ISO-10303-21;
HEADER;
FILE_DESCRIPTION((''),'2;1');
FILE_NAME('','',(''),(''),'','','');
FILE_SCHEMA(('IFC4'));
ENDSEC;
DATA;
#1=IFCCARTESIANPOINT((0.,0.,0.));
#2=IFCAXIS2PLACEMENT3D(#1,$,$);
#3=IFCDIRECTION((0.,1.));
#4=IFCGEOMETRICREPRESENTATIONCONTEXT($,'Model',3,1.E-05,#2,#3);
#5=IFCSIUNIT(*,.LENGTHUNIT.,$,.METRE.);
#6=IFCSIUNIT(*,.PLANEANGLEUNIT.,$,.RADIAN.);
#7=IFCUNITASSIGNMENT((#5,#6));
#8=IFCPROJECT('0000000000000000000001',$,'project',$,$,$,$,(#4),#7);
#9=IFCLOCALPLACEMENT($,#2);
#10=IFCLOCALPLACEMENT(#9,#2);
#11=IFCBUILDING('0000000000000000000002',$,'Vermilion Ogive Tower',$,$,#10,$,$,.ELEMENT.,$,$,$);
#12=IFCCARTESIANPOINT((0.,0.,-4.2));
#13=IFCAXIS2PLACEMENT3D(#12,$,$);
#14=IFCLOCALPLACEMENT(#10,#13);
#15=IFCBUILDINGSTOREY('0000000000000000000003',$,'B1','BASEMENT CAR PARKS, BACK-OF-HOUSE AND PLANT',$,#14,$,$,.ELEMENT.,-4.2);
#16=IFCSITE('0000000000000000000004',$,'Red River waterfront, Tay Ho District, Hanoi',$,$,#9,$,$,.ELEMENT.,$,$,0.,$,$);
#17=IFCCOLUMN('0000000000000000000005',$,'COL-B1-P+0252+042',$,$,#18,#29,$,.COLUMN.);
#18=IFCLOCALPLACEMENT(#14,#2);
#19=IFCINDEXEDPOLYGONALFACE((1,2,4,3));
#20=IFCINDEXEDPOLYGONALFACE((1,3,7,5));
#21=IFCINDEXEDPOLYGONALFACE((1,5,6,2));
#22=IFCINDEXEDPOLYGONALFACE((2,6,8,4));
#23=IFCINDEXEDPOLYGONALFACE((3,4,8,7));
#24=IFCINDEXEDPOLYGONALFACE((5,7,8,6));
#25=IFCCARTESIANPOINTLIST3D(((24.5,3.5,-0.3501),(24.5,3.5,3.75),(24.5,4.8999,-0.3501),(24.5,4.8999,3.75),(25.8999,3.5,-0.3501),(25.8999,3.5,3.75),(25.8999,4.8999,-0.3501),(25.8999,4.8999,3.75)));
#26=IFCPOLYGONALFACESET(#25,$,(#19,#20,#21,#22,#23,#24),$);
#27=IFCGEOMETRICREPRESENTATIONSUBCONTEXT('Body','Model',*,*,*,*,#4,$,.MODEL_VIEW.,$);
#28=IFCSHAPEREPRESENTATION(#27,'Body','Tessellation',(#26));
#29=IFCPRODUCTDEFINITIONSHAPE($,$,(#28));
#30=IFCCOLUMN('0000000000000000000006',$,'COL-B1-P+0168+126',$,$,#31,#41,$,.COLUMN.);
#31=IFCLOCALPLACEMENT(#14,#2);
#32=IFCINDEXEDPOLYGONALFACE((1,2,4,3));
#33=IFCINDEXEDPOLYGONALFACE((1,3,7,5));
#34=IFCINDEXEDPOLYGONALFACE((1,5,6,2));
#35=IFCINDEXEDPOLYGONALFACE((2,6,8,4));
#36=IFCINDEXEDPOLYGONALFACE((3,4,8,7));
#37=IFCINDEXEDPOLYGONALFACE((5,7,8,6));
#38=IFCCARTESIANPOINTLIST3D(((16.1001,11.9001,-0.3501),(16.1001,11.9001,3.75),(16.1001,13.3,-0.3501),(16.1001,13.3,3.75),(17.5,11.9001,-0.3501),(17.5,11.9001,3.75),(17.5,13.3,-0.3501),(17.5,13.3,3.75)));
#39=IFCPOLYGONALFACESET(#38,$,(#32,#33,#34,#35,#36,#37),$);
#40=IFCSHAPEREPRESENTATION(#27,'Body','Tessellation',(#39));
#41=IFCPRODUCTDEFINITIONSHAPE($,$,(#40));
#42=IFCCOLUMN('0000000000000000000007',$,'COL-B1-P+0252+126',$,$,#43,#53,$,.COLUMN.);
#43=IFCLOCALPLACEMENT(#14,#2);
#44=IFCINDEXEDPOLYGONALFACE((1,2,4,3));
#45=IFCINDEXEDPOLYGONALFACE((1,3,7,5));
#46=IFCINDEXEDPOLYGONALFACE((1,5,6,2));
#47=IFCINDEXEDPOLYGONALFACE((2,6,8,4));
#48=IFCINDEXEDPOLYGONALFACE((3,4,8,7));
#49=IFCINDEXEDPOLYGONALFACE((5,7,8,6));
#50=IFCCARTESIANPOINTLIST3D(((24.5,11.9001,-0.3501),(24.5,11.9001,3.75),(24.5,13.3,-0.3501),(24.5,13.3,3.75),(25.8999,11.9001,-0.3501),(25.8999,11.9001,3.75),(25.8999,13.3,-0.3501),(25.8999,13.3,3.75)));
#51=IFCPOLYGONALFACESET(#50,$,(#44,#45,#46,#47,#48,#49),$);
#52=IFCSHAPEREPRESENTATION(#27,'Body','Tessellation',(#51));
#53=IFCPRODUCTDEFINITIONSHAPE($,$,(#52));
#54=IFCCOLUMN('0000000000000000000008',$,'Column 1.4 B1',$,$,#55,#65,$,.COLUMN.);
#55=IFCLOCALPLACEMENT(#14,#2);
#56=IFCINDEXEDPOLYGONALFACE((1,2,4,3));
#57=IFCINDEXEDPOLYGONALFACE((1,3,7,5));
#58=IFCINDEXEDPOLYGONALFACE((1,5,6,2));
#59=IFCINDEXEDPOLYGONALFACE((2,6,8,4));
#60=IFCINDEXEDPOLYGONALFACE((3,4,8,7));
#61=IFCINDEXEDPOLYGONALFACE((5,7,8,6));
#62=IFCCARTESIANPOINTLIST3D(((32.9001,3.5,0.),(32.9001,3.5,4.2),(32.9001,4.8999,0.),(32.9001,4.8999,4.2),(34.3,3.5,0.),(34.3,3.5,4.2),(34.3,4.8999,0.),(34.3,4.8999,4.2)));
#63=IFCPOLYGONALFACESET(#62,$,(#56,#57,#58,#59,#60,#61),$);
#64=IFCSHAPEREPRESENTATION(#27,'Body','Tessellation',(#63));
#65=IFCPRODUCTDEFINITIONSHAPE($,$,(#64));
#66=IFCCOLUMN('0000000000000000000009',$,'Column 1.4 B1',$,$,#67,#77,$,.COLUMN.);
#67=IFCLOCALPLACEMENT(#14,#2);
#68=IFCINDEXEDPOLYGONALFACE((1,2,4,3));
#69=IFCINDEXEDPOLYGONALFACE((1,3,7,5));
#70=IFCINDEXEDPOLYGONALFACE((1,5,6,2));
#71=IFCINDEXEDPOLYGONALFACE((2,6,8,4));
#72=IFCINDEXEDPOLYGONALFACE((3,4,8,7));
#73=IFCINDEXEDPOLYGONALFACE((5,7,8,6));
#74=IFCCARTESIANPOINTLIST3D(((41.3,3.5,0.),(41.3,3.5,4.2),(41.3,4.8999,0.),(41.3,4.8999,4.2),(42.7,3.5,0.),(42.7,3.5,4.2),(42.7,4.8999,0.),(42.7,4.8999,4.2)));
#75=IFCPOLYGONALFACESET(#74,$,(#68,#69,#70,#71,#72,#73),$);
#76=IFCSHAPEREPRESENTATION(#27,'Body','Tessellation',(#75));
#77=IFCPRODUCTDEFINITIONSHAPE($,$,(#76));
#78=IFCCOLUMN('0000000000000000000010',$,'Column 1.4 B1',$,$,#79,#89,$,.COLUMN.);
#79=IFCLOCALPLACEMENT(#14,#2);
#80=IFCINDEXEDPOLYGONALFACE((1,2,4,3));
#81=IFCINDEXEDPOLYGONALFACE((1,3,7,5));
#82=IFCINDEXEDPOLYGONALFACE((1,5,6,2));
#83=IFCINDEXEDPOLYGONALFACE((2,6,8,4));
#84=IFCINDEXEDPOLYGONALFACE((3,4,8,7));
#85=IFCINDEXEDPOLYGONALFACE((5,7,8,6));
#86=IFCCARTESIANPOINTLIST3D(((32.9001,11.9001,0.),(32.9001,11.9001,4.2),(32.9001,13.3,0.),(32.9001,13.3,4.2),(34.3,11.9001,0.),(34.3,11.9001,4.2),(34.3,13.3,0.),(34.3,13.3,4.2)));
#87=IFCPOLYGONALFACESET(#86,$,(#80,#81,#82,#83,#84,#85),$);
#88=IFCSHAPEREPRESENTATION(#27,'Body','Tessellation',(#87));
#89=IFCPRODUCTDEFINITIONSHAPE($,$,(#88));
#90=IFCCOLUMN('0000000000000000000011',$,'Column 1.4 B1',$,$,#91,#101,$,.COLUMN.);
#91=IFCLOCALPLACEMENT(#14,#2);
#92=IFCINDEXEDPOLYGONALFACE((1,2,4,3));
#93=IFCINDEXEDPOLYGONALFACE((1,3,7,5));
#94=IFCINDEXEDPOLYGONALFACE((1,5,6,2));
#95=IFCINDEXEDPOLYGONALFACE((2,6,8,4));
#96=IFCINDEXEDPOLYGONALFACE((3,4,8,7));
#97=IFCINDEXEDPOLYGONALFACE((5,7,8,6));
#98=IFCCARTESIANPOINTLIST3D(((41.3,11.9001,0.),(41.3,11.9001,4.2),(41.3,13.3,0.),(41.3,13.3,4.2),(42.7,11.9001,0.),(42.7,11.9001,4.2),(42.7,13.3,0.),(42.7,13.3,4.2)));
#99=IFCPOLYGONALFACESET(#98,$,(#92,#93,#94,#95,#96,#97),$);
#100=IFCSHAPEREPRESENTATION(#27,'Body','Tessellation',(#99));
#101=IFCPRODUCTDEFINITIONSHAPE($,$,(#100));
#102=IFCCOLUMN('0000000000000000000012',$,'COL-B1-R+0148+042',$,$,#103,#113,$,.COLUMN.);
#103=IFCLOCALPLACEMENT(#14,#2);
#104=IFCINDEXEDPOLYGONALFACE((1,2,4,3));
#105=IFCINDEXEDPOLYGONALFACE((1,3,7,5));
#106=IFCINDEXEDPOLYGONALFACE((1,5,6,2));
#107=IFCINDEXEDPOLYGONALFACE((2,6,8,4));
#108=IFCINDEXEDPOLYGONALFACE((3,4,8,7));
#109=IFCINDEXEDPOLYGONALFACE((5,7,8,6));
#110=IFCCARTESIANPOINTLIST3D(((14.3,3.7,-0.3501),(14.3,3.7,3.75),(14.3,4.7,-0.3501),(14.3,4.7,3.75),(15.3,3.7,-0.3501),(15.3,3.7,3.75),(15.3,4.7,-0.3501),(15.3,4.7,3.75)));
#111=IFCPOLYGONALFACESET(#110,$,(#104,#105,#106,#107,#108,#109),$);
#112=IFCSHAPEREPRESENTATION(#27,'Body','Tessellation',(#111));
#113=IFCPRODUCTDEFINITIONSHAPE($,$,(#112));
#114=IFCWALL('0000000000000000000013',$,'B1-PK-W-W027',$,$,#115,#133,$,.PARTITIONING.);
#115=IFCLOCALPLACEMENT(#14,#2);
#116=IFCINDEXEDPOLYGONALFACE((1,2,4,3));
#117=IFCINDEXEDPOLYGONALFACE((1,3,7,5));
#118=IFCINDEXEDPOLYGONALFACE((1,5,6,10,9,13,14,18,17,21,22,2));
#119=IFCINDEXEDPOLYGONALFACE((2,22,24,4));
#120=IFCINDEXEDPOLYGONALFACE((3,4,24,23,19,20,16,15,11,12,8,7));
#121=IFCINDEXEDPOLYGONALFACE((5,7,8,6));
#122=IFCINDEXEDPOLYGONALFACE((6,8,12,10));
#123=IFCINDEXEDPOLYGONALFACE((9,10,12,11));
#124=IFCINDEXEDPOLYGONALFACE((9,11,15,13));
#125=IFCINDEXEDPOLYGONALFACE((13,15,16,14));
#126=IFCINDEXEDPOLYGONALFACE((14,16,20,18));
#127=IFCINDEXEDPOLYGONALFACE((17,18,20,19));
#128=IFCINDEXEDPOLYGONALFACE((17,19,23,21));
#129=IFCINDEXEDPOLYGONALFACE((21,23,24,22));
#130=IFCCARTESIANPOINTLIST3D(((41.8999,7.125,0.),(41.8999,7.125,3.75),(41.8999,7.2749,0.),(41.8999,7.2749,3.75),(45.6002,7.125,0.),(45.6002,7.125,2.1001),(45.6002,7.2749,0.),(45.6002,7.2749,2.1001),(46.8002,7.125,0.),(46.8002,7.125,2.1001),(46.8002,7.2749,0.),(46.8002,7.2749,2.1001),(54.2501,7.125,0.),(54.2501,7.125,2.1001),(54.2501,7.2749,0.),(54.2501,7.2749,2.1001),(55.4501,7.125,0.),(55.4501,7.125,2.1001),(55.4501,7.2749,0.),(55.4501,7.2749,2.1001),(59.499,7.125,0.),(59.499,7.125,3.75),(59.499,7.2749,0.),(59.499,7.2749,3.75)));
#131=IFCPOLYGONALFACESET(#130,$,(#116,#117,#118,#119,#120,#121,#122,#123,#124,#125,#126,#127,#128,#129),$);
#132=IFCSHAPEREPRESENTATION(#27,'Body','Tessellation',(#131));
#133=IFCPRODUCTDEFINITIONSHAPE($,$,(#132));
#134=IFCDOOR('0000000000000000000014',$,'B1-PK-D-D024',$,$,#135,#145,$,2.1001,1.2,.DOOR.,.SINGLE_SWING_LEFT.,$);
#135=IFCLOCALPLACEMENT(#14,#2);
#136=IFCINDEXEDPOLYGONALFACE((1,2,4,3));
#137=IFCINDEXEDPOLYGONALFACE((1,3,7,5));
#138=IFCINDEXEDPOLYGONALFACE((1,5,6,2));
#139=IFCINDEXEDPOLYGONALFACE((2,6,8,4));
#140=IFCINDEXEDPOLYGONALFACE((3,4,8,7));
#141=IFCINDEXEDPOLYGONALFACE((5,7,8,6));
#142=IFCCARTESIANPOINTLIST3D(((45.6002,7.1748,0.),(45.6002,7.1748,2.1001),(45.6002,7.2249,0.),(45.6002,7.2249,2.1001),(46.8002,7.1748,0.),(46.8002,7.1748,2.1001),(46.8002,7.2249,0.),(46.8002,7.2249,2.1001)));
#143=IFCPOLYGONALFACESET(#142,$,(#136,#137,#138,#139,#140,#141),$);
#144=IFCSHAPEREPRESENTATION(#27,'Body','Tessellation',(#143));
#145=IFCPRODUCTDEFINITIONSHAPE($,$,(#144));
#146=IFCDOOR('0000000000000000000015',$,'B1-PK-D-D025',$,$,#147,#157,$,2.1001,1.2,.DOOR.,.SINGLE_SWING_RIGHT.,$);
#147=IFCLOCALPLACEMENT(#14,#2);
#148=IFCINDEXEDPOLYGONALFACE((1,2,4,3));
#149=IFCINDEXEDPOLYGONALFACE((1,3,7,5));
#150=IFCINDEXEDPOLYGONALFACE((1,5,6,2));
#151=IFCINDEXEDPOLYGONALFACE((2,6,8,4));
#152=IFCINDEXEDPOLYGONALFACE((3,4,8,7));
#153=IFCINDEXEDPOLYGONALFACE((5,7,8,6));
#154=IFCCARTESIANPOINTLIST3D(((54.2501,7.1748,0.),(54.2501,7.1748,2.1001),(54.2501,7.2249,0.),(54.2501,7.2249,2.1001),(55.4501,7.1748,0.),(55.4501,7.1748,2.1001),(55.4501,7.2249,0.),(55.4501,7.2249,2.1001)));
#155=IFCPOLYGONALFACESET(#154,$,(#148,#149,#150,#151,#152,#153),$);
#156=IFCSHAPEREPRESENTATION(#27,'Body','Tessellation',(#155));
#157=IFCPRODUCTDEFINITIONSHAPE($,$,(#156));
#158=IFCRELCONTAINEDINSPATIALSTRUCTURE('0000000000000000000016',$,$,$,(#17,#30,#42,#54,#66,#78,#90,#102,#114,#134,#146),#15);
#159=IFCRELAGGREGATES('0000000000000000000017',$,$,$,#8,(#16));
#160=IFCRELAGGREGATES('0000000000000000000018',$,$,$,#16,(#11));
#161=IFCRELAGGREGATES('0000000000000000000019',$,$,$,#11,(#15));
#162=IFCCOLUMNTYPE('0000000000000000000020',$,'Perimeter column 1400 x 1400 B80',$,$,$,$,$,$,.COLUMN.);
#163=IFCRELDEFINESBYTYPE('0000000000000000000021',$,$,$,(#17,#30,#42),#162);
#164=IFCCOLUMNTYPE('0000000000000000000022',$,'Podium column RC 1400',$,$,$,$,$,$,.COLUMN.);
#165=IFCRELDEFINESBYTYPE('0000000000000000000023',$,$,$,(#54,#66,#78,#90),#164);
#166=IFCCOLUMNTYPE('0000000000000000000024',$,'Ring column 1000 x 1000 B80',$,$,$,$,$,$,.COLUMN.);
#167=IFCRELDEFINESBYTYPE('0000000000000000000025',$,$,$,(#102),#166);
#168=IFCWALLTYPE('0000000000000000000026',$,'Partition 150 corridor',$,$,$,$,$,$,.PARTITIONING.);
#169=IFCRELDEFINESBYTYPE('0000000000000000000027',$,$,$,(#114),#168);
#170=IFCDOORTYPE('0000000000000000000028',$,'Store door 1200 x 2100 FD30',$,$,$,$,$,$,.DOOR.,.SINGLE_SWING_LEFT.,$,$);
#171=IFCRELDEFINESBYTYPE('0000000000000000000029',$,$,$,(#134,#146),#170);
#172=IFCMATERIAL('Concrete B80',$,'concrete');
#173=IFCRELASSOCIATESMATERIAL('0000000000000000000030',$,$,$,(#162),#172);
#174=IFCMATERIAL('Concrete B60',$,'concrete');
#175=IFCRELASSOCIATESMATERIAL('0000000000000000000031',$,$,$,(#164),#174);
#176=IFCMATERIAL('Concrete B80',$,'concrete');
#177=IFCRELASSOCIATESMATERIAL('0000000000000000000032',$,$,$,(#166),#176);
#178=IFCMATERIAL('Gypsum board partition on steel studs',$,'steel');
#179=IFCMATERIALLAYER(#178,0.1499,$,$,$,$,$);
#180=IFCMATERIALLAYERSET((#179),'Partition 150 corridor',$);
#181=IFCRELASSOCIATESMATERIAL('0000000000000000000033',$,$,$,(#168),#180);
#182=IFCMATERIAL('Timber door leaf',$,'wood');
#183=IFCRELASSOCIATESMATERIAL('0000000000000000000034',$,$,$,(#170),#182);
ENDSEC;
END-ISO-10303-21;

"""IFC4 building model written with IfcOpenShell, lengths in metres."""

from ifc_helpers import new_model, si_unit, direction, frame, frame_2d, origin, origin_2d, place, context, subcontext, project, spatial, rectangle, extrude, material, layer, layer_set, material_profile, profile_set, type_object, element, fill, save


model = new_model("IFC4")

# Units and contexts
model_context = context("Model", 3, precision=1e-05, world=origin(), true_north=direction((0.0, 1.0)))
body_context = subcontext(model_context, "Body", "Model", "MODEL_VIEW")
ifc_project = project(units=[si_unit("LENGTHUNIT", "METRE"), si_unit("PLANEANGLEUNIT", "RADIAN")], contexts=[model_context])

# Site, building, storey
site_placement = place(None, origin())
site = spatial("IfcSite", under=ifc_project, at=site_placement, Name="Red River waterfront, Tay Ho District, Hanoi", CompositionType="ELEMENT", RefElevation=0.0)
building_placement = place(site_placement, origin())
building = spatial("IfcBuilding", under=site, at=building_placement, Name="Vermilion Ogive Tower", CompositionType="ELEMENT")
storey_placement = place(building_placement, frame((0.0, 0.0, -4.2)))
storey = spatial("IfcBuildingStorey", under=building, at=storey_placement, Name="B1", Description="BASEMENT CAR PARKS, BACK-OF-HOUSE AND PLANT", CompositionType="ELEMENT", Elevation=-4.2)

# Columns
ifc_material_1 = material(Name="Concrete B80", Category="concrete")
ifc_material_profile_1 = material_profile(ifc_material_1, rectangle(XDim=1.3999, YDim=1.3999, at=origin_2d()), Name="1400 x 1400")
ifc_profile_set_1 = profile_set([ifc_material_profile_1], Name="Concrete B80")
column_type_1 = type_object("IfcColumnType", Name="Perimeter column 1400 x 1400 B80", PredefinedType="COLUMN", material=ifc_profile_set_1)
for number, where, z_axis, x_axis, name in (
    (1, (25.2, 4.2, -0.3501), (0.0, 0.0, 1.0), (1.0, 0.0, 0.0), "COL-B1-P+0252+042"),
    (2, (16.8, 12.6001, -0.3501), (0.0, 0.0, 1.0), (1.0, 0.0, 0.0), "COL-B1-P+0168+126"),
    (3, (25.2, 12.6001, -0.3501), (0.0, 0.0, 1.0), (1.0, 0.0, 0.0), "COL-B1-P+0252+126"),
):
    element("IfcColumn", number, at=place(storey_placement, frame(where, z_axis=z_axis, x_axis=x_axis)), inside=storey, type_object=column_type_1, Name=name, PredefinedType="COLUMN", context=body_context, shape_type="SweptSolid", body=[
        extrude(rectangle(XDim=1.3999, YDim=1.3999, at=origin_2d()), origin(), (0.0, 0.0, 1.0), 4.1001),
    ])
ifc_material_2 = material(Name="Concrete B60", Category="concrete")
ifc_material_profile_2 = material_profile(ifc_material_2, rectangle(XDim=1.3999, YDim=1.3999, at=origin_2d()), Name="RC 1400x1400")
ifc_profile_set_2 = profile_set([ifc_material_profile_2], Name="Concrete B60")
column_type_2 = type_object("IfcColumnType", Name="Podium column RC 1400", PredefinedType="COLUMN", material=ifc_profile_set_2)
for number, where, z_axis, x_axis, name in (
    (4, (33.6001, 4.2, 0.0), (0.0, 0.0, 1.0), (1.0, 0.0, 0.0), "Column 1.4 B1"),
    (5, (42.0, 4.2, 0.0), (0.0, 0.0, 1.0), (1.0, 0.0, 0.0), "Column 1.4 B1"),
    (6, (33.6001, 12.6001, 0.0), (0.0, 0.0, 1.0), (1.0, 0.0, 0.0), "Column 1.4 B1"),
    (7, (42.0, 12.6001, 0.0), (0.0, 0.0, 1.0), (1.0, 0.0, 0.0), "Column 1.4 B1"),
):
    element("IfcColumn", number, at=place(storey_placement, frame(where, z_axis=z_axis, x_axis=x_axis)), inside=storey, type_object=column_type_2, Name=name, PredefinedType="COLUMN", context=body_context, shape_type="SweptSolid", body=[
        extrude(rectangle(XDim=1.3999, YDim=1.3999, at=origin_2d()), origin(), (0.0, 0.0, 1.0), 4.2),
    ])
ifc_material_3 = material(Name="Concrete B80", Category="concrete")
ifc_material_profile_3 = material_profile(ifc_material_3, rectangle(XDim=1.0, YDim=1.0, at=origin_2d()), Name="1000 x 1000")
ifc_profile_set_3 = profile_set([ifc_material_profile_3], Name="Concrete B80")
column_type_3 = type_object("IfcColumnType", Name="Ring column 1000 x 1000 B80", PredefinedType="COLUMN", material=ifc_profile_set_3)
column_placement = place(storey_placement, frame((14.8, 4.2, -0.3501), z_axis=(0.0, 0.0, 1.0), x_axis=(1.0, 0.0, 0.0)))
element("IfcColumn", 8, at=column_placement, inside=storey, type_object=column_type_3, Name="COL-B1-R+0148+042", PredefinedType="COLUMN", context=body_context, shape_type="SweptSolid", body=[
    extrude(rectangle(XDim=1.0, YDim=1.0, at=origin_2d()), origin(), (0.0, 0.0, 1.0), 4.1001),
])

# Wall, openings, doors
ifc_material_4 = material(Name="Gypsum board partition on steel studs", Category="steel")
ifc_layer_1 = layer(ifc_material_4, 0.1499)
ifc_layer_set_1 = layer_set([ifc_layer_1], Name="Partition 150 corridor")
wall_type_1 = type_object("IfcWallType", Name="Partition 150 corridor", PredefinedType="PARTITIONING", material=ifc_layer_set_1)
wall_1_placement = place(storey_placement, frame((41.8999, 7.2, 0.0), z_axis=(0.0, 0.0, 1.0), x_axis=(1.0, 0.0, 0.0)))
wall_1 = element("IfcWall", 9, at=wall_1_placement, inside=storey, type_object=wall_type_1, Name="B1-PK-W-W027", PredefinedType="PARTITIONING", context=body_context, shape_type="SweptSolid", body=[
    extrude(rectangle(XDim=17.5991, YDim=0.1499, at=frame_2d((8.7996, 0.0))), origin(), (0.0, 0.0, 1.0), 3.75),
])
opening_1_placement = place(wall_1_placement, frame((3.7002, 0.0, 0.0)))
opening_1 = element("IfcOpeningElement", 10, at=opening_1_placement, cuts=wall_1, PredefinedType="OPENING", context=body_context, shape_type="SweptSolid", body=[
    extrude(rectangle(XDim=1.2, YDim=2.1001, at=frame_2d((0.6001, 1.05))), frame((0.0, 0.085, 0.0), z_axis=(0.0, -1.0, 0.0), x_axis=(1.0, 0.0, 0.0)), (0.0, 0.0, 1.0), 0.1699),
])
opening_2_placement = place(wall_1_placement, frame((12.3501, 0.0, 0.0)))
opening_2 = element("IfcOpeningElement", 11, at=opening_2_placement, cuts=wall_1, PredefinedType="OPENING", context=body_context, shape_type="SweptSolid", body=[
    extrude(rectangle(XDim=1.2, YDim=2.1001, at=frame_2d((0.6001, 1.05))), frame((0.0, 0.085, 0.0), z_axis=(0.0, -1.0, 0.0), x_axis=(1.0, 0.0, 0.0)), (0.0, 0.0, 1.0), 0.1699),
])
ifc_material_5 = material(Name="Timber door leaf", Category="wood")
door_type_1 = type_object("IfcDoorType", Name="Store door 1200 x 2100 FD30", OperationType="SINGLE_SWING_LEFT", PredefinedType="DOOR", material=ifc_material_5)
door_1_placement = place(opening_1_placement, origin())
door_1 = element("IfcDoor", 12, at=door_1_placement, inside=storey, type_object=door_type_1, Name="B1-PK-D-D024", OperationType="SINGLE_SWING_LEFT", OverallHeight=2.1001, OverallWidth=1.2, PredefinedType="DOOR", context=body_context, shape_type="SweptSolid", body=[
    extrude(rectangle(XDim=1.2, YDim=2.1001, at=frame_2d((0.6001, 1.05))), frame((0.0, 0.0249, 0.0), z_axis=(0.0, -1.0, 0.0), x_axis=(1.0, 0.0, 0.0)), (0.0, 0.0, 1.0), 0.05),
])
fill(opening_1, door_1)
door_2_placement = place(opening_2_placement, origin())
door_2 = element("IfcDoor", 13, at=door_2_placement, inside=storey, type_object=door_type_1, Name="B1-PK-D-D025", OperationType="SINGLE_SWING_RIGHT", OverallHeight=2.1001, OverallWidth=1.2, PredefinedType="DOOR", context=body_context, shape_type="SweptSolid", body=[
    extrude(rectangle(XDim=1.2, YDim=2.1001, at=frame_2d((0.6001, 1.05))), frame((0.0, 0.0249, 0.0), z_axis=(0.0, -1.0, 0.0), x_axis=(1.0, 0.0, 0.0)), (0.0, 0.0, 1.0), 0.05),
])
fill(opening_2, door_2)

save(model, "model.ifc")
